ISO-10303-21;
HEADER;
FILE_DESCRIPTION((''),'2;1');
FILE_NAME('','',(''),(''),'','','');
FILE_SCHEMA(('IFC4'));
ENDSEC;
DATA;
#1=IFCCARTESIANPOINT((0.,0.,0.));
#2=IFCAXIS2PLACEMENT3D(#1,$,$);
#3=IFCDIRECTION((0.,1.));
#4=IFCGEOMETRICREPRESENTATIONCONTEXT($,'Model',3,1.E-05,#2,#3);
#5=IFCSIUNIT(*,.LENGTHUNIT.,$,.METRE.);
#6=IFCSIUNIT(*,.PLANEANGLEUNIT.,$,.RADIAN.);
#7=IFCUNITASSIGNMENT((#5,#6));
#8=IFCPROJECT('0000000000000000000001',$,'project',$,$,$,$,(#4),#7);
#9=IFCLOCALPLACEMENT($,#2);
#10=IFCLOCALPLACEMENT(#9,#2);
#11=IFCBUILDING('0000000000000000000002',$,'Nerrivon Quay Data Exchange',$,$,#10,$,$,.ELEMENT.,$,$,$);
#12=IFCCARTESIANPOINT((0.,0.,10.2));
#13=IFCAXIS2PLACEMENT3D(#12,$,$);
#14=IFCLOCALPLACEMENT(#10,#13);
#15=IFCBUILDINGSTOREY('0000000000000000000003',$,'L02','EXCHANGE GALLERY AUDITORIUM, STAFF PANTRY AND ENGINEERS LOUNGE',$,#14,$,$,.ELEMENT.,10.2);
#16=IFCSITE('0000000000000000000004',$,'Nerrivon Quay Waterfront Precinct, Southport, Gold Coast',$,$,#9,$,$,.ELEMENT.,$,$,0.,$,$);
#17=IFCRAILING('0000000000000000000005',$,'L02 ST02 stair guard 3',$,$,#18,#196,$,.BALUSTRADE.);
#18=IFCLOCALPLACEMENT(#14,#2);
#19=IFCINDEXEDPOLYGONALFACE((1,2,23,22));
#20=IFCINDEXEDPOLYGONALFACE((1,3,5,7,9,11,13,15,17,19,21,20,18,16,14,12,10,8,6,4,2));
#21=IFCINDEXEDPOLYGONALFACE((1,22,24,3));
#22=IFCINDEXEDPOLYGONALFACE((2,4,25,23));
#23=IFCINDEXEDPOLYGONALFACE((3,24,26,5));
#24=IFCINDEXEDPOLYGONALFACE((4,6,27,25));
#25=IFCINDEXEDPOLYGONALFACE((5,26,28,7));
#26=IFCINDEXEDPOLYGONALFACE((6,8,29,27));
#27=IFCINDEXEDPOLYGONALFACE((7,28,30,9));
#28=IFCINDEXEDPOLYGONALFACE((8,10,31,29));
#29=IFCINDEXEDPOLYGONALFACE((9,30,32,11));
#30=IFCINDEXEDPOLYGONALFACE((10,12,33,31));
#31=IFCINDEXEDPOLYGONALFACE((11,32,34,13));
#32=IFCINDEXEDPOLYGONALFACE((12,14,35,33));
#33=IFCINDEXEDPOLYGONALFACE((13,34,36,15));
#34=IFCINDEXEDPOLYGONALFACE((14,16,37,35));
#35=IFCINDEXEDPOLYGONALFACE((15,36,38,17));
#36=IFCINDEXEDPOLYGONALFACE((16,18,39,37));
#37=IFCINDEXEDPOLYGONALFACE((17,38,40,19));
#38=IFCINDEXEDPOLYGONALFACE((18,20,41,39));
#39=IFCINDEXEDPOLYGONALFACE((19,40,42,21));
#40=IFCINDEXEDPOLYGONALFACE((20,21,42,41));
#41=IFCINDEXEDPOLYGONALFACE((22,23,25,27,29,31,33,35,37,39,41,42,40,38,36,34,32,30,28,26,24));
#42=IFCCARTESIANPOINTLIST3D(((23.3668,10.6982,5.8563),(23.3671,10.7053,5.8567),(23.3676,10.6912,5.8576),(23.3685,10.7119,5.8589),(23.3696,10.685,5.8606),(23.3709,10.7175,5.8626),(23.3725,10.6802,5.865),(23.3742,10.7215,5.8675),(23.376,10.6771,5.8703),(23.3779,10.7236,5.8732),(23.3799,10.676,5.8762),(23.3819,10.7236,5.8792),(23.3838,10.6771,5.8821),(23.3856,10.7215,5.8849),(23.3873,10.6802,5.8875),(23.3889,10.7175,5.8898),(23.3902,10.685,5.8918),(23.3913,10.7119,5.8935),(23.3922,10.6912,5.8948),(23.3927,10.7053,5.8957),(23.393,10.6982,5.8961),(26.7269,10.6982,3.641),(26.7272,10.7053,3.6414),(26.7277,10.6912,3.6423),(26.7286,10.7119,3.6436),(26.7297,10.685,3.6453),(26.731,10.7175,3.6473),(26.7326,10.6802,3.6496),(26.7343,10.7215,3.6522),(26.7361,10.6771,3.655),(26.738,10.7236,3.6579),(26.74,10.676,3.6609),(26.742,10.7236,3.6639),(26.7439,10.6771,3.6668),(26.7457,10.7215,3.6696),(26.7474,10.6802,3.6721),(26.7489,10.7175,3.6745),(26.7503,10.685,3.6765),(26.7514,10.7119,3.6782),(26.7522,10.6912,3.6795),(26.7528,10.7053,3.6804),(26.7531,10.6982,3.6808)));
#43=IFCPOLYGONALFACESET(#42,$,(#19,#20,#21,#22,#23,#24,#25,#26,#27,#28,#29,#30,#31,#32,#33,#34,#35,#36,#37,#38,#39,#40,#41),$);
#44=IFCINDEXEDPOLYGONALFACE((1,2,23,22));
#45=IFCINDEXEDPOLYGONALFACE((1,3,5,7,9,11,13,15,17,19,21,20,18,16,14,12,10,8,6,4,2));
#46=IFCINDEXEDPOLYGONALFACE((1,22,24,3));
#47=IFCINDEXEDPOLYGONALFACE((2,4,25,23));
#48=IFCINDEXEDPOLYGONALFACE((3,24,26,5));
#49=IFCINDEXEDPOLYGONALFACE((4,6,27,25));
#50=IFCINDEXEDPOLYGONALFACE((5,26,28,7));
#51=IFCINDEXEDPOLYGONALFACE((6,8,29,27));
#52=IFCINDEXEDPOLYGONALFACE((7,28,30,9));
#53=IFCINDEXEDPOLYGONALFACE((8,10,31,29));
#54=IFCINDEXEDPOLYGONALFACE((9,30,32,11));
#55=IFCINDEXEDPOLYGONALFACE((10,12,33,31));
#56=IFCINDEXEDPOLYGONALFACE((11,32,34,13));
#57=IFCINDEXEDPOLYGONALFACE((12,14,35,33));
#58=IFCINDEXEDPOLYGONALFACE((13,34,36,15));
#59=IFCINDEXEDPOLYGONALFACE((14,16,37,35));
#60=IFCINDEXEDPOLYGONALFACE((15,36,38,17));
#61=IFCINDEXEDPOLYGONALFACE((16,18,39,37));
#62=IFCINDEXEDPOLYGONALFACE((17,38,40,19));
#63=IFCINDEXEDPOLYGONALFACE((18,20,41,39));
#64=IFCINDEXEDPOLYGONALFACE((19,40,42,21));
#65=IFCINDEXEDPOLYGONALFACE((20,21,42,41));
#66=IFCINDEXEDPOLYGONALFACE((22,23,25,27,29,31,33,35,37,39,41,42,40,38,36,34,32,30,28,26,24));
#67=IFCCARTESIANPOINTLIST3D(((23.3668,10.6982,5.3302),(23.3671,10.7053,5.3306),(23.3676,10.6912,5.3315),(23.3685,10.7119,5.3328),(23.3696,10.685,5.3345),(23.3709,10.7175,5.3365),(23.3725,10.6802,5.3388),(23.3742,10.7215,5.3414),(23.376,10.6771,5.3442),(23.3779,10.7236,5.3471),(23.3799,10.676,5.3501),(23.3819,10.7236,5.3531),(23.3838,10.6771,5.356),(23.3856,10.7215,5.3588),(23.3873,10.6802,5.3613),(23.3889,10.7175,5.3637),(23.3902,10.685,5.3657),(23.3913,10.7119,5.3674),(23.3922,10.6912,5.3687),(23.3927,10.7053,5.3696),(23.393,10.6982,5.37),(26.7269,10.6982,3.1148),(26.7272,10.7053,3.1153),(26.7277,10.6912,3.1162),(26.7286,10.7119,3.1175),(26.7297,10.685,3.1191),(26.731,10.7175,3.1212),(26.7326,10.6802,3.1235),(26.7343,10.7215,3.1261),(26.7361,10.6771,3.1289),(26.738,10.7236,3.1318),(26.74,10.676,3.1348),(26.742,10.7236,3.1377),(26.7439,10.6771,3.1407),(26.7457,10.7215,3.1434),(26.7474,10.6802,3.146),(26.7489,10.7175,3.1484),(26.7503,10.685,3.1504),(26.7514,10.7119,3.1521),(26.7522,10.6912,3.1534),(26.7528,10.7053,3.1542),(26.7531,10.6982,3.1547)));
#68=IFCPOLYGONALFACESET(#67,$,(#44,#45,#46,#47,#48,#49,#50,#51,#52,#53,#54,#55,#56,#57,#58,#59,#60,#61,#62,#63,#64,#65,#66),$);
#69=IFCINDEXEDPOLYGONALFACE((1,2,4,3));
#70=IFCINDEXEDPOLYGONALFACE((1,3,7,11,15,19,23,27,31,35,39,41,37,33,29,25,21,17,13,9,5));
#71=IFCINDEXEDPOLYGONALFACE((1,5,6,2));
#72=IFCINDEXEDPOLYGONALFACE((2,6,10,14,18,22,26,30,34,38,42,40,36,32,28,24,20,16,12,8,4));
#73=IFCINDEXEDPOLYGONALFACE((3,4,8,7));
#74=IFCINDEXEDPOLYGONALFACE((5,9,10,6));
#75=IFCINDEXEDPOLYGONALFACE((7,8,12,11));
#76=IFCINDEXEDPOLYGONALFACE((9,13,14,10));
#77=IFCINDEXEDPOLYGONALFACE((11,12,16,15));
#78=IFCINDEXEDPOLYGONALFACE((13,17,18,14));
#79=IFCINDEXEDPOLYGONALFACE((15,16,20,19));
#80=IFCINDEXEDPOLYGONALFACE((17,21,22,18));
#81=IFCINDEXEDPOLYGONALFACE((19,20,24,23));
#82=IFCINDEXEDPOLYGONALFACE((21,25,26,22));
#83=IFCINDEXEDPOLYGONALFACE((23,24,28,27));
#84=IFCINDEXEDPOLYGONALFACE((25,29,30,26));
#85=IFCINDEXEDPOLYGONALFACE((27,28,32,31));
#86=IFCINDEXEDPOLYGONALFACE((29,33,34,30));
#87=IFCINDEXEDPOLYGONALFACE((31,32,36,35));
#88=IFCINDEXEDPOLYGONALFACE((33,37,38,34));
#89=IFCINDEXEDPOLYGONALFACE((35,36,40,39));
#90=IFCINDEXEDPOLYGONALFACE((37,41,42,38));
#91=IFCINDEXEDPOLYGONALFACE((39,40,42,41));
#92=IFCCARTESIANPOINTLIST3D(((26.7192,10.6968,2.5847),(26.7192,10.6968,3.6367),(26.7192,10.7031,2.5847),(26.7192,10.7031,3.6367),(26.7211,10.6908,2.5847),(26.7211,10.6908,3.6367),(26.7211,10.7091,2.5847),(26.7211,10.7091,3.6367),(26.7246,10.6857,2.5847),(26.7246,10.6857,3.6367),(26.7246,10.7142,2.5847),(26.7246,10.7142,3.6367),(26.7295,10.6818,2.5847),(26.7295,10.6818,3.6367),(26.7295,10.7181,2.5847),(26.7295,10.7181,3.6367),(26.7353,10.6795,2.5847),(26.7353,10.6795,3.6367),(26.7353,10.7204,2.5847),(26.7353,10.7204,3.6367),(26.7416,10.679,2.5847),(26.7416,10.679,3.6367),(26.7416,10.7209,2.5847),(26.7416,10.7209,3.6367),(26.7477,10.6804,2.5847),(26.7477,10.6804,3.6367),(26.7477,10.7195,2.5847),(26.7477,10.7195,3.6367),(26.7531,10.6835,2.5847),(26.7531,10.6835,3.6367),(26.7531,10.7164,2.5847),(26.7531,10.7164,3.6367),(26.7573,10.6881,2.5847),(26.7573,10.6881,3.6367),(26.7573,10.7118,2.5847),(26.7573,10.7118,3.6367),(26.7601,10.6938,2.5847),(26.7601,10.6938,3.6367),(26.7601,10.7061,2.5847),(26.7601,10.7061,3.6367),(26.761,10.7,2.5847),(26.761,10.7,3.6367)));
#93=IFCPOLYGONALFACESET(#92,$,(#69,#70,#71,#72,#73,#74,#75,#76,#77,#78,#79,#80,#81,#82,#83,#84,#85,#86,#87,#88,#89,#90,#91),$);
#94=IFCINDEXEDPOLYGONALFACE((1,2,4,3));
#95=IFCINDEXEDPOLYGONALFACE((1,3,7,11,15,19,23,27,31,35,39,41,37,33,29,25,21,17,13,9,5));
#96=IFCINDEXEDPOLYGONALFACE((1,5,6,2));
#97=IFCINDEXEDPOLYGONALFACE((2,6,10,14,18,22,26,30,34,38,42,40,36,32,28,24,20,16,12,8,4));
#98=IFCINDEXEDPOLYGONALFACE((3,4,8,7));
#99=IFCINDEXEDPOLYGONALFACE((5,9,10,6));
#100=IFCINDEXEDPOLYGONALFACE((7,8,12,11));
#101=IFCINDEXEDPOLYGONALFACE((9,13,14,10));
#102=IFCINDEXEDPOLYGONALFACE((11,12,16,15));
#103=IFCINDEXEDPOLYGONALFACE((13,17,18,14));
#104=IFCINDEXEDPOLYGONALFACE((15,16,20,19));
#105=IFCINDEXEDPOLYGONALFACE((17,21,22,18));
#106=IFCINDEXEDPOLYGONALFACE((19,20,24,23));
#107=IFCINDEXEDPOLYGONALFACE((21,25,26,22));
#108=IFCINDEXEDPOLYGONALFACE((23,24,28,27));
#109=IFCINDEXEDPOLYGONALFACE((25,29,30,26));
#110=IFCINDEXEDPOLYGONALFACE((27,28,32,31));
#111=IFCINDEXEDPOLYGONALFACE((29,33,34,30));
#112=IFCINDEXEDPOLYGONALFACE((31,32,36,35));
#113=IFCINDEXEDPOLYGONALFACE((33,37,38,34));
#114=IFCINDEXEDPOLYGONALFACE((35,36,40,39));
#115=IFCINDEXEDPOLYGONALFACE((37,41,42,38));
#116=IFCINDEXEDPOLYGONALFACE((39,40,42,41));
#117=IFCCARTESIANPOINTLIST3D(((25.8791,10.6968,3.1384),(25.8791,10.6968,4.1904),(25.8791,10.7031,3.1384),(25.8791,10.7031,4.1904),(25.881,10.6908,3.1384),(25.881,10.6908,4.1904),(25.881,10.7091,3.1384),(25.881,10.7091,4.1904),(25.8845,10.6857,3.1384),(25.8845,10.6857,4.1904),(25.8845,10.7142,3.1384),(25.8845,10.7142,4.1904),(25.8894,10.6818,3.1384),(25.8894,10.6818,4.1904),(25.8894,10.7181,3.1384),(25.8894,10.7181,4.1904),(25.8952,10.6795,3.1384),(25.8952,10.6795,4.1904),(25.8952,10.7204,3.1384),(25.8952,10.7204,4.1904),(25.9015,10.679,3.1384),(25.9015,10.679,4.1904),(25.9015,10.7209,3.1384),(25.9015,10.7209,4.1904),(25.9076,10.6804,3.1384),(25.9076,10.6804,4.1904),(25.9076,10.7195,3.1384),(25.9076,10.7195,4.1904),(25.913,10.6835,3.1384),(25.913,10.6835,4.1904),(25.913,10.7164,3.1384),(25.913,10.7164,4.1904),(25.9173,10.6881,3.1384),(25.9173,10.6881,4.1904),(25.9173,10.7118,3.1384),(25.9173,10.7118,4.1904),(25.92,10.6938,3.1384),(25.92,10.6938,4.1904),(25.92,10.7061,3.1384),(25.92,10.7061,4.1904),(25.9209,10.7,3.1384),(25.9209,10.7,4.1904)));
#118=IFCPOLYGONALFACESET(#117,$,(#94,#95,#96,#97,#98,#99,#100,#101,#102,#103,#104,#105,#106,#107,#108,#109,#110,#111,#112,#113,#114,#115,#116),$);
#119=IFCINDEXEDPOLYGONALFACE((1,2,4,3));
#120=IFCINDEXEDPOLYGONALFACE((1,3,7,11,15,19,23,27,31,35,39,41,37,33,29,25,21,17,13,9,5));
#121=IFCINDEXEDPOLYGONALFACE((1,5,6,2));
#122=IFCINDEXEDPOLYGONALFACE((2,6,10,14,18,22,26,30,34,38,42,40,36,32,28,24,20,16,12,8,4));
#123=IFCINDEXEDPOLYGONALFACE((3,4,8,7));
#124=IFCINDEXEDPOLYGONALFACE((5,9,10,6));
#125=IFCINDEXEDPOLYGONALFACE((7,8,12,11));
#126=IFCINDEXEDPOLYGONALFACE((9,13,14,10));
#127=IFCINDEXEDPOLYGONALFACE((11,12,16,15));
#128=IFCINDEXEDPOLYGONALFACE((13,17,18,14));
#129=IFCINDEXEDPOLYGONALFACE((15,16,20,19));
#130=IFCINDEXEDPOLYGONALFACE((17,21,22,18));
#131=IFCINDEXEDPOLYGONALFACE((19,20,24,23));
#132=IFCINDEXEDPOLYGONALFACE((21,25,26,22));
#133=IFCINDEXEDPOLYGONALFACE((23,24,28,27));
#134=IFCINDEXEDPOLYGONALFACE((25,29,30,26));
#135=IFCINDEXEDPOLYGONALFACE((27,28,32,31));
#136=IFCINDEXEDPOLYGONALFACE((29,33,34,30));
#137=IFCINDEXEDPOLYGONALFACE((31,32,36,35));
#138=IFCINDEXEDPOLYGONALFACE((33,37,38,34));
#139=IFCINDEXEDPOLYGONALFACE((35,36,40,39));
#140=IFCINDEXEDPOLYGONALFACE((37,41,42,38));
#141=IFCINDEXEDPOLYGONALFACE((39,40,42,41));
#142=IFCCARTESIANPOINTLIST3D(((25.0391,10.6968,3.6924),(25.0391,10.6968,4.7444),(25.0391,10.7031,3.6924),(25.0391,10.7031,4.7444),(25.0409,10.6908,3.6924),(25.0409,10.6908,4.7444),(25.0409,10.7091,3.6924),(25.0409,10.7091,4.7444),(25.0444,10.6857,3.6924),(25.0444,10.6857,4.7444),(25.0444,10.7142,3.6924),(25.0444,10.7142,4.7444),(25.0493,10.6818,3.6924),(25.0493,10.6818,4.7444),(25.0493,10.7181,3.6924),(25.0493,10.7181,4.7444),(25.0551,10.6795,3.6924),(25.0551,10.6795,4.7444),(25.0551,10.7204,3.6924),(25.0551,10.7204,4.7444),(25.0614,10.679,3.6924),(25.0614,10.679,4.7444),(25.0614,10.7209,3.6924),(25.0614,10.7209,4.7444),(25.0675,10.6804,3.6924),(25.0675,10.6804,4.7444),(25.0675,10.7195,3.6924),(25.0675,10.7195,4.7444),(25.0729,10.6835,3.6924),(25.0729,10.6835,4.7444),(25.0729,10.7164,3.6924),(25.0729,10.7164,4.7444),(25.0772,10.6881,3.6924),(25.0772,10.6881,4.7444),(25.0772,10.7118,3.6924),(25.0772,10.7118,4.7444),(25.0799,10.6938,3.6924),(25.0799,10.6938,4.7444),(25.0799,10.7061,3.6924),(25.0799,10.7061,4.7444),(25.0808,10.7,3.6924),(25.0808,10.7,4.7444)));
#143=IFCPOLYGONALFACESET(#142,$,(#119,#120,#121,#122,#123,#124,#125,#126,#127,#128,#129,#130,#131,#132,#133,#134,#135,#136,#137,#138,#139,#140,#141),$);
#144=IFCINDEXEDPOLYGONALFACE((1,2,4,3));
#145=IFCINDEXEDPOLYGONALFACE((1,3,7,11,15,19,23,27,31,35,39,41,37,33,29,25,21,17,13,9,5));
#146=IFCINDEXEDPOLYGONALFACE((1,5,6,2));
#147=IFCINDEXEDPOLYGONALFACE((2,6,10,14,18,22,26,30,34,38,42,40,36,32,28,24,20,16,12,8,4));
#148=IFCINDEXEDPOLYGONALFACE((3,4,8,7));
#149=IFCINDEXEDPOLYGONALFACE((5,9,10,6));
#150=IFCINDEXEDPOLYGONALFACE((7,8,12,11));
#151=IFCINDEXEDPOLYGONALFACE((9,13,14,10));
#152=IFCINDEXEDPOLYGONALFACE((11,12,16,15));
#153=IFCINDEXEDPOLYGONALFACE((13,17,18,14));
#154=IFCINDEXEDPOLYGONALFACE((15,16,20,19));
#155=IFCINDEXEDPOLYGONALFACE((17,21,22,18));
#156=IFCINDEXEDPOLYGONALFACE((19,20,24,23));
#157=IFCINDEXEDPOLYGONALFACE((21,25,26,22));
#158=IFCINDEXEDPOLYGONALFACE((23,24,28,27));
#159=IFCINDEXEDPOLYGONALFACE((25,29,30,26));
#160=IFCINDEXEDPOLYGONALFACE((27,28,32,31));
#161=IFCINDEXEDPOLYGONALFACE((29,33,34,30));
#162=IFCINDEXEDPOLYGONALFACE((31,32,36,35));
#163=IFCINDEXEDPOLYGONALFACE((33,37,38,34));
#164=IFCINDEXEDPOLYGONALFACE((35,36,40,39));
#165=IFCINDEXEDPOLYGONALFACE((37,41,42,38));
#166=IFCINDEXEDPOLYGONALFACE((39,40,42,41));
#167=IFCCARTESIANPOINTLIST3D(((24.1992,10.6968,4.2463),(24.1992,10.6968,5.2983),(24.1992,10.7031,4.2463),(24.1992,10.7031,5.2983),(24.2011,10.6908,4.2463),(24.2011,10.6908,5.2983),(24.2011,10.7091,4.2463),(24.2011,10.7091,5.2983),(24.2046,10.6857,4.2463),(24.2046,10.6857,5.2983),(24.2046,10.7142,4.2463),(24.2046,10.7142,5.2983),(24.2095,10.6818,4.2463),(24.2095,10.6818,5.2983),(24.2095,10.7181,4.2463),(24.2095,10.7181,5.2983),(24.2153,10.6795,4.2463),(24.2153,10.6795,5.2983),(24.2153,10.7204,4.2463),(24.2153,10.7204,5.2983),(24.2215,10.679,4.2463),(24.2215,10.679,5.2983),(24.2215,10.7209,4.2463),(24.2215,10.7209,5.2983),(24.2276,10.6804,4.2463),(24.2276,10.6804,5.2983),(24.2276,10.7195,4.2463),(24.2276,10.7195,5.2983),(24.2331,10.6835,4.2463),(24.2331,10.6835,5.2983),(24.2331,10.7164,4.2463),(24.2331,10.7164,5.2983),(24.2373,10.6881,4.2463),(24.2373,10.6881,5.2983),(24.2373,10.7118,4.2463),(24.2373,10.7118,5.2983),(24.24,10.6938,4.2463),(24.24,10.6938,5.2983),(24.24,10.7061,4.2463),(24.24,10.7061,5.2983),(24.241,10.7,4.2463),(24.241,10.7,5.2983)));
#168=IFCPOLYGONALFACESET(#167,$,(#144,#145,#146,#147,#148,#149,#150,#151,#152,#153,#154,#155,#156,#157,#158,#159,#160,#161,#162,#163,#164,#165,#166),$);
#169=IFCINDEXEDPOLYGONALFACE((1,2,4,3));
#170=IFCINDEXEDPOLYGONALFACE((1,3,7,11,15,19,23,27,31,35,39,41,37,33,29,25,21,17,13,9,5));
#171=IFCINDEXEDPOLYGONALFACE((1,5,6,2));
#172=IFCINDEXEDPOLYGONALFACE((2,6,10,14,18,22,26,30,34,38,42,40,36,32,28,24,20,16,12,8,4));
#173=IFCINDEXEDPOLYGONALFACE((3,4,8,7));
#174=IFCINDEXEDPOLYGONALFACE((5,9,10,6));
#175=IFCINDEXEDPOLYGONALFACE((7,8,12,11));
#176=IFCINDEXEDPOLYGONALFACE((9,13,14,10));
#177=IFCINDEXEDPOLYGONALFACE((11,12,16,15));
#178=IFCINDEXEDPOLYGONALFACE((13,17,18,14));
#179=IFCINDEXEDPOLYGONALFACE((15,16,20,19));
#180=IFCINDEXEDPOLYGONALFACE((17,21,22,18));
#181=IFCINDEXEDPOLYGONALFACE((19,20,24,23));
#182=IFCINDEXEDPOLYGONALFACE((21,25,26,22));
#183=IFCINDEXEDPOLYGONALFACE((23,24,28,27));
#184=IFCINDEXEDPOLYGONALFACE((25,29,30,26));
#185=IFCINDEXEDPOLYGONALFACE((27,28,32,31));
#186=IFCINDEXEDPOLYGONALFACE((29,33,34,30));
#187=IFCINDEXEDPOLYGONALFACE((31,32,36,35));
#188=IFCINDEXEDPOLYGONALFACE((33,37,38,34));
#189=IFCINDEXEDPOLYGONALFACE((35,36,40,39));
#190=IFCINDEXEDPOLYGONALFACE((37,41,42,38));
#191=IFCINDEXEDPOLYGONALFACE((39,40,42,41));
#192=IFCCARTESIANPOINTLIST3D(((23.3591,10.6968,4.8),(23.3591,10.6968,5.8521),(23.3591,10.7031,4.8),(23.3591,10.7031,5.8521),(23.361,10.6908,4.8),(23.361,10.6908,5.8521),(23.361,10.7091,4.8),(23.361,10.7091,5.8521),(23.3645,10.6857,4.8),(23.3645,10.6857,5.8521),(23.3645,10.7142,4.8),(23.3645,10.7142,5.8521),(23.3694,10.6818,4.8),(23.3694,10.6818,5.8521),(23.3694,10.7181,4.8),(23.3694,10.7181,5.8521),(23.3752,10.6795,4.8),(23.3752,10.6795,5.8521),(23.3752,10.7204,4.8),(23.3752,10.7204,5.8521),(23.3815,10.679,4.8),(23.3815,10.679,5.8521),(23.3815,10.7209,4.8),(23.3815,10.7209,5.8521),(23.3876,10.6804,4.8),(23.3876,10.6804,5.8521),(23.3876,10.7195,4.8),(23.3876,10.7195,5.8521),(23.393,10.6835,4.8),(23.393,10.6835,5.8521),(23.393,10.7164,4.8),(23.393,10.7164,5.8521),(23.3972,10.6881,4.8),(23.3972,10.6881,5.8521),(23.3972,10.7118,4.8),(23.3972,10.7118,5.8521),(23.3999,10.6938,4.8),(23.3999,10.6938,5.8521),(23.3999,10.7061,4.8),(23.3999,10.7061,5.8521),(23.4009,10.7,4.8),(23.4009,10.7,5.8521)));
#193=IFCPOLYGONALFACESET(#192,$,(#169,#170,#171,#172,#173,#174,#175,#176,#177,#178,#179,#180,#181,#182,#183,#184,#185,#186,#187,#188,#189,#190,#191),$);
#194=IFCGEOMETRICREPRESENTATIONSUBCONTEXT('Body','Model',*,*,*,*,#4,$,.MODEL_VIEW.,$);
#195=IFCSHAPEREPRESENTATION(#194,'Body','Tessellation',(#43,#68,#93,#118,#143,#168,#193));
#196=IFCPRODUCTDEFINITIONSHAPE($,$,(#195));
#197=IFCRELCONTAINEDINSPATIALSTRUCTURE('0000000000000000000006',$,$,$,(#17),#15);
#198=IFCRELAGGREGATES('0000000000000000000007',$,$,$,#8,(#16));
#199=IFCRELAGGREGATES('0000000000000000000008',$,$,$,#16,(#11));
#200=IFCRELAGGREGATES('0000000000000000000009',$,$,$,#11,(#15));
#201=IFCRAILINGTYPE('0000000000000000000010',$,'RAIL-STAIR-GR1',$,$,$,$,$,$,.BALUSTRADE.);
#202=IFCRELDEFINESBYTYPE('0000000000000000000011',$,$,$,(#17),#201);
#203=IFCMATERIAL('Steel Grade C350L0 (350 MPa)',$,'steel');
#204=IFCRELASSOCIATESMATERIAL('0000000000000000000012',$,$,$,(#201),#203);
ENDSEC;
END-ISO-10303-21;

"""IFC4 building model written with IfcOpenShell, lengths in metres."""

from ifc_helpers import new_model, si_unit, direction, frame, origin, origin_2d, place, context, subcontext, project, spatial, circle, extrude, material, type_object, element, save


model = new_model("IFC4")

# Units and contexts
model_context = context("Model", 3, precision=1e-05, world=origin(), true_north=direction((0.0, 1.0)))
body_context = subcontext(model_context, "Body", "Model", "MODEL_VIEW")
ifc_project = project(units=[si_unit("LENGTHUNIT", "METRE"), si_unit("PLANEANGLEUNIT", "RADIAN")], contexts=[model_context])

# Site, building, storey
site_placement = place(None, origin())
site = spatial("IfcSite", under=ifc_project, at=site_placement, Name="Nerrivon Quay Waterfront Precinct, Southport, Gold Coast", CompositionType="ELEMENT", RefElevation=0.0)
building_placement = place(site_placement, origin())
building = spatial("IfcBuilding", under=site, at=building_placement, Name="Nerrivon Quay Data Exchange", CompositionType="ELEMENT")
storey_placement = place(building_placement, frame((0.0, 0.0, 10.2)))
storey = spatial("IfcBuildingStorey", under=building, at=storey_placement, Name="L02", Description="EXCHANGE GALLERY AUDITORIUM, STAFF PANTRY AND ENGINEERS LOUNGE", CompositionType="ELEMENT", Elevation=10.2)

# Railing
ifc_material_1 = material(Name="Steel Grade C350L0 (350 MPa)", Category="steel")
railing_type_1 = type_object("IfcRailingType", Name="RAIL-STAIR-GR1", PredefinedType="BALUSTRADE", material=ifc_material_1)
railing_1_placement = place(storey_placement, frame((26.74, 10.7, 2.5847)))
element("IfcRailing", 1, at=railing_1_placement, inside=storey, type_object=railing_type_1, Name="L02 ST02 stair guard 3", PredefinedType="BALUSTRADE", context=body_context, shape_type="SweptSolid", body=[
    extrude(circle(Radius=0.0239, at=origin_2d()), frame((0.0, 0.0, 1.0762), z_axis=(-0.834876, 0.0, 0.550437), x_axis=(0.0, -1.0, 0.0)), (0.0, 0.0, 1.0), 4.0247),
    extrude(circle(Radius=0.0239, at=origin_2d()), frame((0.0, 0.0, 0.55), z_axis=(-0.834876, 0.0, 0.550437), x_axis=(0.0, -1.0, 0.0)), (0.0, 0.0, 1.0), 4.0247),
    extrude(circle(Radius=0.021, at=origin_2d()), origin(), (0.0, 0.0, 1.0), 1.052),
    extrude(circle(Radius=0.021, at=origin_2d()), frame((-0.8401, 0.0, 0.5537)), (0.0, 0.0, 1.0), 1.052),
    extrude(circle(Radius=0.021, at=origin_2d()), frame((-1.6802, 0.0, 1.1077)), (0.0, 0.0, 1.0), 1.052),
    extrude(circle(Radius=0.021, at=origin_2d()), frame((-2.52, 0.0, 1.6616)), (0.0, 0.0, 1.0), 1.052),
    extrude(circle(Radius=0.021, at=origin_2d()), frame((-3.3601, 0.0, 2.2153)), (0.0, 0.0, 1.0), 1.052),
])

save(model, "model.ifc")
